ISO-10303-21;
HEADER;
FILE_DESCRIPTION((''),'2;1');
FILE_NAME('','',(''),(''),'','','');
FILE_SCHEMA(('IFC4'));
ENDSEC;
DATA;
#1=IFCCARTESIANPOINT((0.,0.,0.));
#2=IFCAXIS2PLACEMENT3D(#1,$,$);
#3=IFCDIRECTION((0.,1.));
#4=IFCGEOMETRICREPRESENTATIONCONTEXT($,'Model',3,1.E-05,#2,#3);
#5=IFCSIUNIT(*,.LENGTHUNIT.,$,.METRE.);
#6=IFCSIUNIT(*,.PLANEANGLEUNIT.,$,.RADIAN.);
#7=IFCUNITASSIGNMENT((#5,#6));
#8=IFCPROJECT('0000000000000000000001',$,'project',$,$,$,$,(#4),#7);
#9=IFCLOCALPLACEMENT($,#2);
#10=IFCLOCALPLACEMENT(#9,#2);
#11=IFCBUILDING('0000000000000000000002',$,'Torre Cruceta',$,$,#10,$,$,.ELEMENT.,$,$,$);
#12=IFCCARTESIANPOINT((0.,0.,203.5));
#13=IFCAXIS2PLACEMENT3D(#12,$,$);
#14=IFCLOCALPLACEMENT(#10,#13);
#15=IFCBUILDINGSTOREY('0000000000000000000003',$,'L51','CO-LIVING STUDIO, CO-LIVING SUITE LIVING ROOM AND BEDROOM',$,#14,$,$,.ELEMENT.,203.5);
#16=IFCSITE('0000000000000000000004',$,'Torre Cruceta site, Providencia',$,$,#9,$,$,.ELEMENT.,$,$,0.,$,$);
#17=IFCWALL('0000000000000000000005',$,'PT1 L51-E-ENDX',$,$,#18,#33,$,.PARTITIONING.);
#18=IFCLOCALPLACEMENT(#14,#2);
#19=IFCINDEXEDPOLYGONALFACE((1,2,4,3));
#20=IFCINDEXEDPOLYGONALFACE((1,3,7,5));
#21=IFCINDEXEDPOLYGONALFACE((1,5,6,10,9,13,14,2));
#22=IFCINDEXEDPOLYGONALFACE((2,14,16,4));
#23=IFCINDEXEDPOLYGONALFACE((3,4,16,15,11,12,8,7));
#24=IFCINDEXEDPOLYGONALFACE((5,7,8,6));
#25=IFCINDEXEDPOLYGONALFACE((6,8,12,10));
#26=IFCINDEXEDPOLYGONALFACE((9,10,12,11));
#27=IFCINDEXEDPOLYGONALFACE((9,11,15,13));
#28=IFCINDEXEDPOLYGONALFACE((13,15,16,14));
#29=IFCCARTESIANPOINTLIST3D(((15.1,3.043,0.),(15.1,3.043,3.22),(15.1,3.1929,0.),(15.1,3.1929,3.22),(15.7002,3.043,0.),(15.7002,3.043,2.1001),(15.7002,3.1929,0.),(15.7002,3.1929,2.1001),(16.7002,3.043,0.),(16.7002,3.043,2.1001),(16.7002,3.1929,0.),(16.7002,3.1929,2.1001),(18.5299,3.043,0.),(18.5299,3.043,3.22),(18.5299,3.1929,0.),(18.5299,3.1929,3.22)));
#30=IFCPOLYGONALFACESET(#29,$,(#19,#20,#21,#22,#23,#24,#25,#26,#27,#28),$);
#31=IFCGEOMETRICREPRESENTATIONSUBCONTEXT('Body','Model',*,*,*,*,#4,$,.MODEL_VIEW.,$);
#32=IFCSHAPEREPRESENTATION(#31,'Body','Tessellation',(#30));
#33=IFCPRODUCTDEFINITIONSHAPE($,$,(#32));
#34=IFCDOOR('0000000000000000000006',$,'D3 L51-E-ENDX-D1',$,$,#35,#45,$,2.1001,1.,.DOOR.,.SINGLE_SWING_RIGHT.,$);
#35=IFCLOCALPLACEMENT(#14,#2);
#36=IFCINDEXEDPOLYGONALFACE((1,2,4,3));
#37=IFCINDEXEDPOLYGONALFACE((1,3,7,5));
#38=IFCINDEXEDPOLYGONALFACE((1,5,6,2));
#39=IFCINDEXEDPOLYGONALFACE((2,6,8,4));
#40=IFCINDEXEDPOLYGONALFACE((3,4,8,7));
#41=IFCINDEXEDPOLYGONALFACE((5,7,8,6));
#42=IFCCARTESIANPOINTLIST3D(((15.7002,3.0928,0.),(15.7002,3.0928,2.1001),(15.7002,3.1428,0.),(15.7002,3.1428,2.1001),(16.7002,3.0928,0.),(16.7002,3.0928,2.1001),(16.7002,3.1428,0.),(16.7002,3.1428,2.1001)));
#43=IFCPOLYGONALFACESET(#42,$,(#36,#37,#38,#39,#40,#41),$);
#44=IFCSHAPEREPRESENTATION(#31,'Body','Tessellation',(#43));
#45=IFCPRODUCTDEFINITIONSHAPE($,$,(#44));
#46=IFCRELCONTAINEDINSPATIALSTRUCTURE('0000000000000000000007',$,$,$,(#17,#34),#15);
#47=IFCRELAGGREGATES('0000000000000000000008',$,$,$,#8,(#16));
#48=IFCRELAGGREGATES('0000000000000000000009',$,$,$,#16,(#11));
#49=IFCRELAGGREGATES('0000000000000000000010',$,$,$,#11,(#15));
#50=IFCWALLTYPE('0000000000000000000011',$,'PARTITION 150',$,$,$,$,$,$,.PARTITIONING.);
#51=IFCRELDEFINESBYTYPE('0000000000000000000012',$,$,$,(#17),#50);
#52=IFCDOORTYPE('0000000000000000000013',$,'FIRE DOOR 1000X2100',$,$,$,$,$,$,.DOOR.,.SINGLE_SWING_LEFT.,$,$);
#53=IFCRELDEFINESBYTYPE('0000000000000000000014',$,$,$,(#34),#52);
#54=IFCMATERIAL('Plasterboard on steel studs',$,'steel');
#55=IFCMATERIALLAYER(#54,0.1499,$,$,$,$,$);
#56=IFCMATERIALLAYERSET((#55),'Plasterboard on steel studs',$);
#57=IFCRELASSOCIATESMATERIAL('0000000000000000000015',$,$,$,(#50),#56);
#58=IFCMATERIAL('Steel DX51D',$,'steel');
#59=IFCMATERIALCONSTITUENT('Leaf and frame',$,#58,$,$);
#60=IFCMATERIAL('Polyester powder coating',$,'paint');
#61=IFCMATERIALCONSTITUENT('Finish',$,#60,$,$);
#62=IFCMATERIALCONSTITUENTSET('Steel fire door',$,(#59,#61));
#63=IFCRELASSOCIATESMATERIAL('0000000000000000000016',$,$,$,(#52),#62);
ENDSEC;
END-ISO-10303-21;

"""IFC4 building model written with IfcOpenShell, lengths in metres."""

from ifc_helpers import new_model, si_unit, direction, frame, frame_2d, origin, place, context, subcontext, project, spatial, rectangle, extrude, material, layer, layer_set, constituent, constituent_set, type_object, element, fill, save


model = new_model("IFC4")

# Units and contexts
model_context = context("Model", 3, precision=1e-05, world=origin(), true_north=direction((0.0, 1.0)))
body_context = subcontext(model_context, "Body", "Model", "MODEL_VIEW")
ifc_project = project(units=[si_unit("LENGTHUNIT", "METRE"), si_unit("PLANEANGLEUNIT", "RADIAN")], contexts=[model_context])

# Site, building, storey
site_placement = place(None, origin())
site = spatial("IfcSite", under=ifc_project, at=site_placement, Name="Torre Cruceta site, Providencia", CompositionType="ELEMENT", RefElevation=0.0)
building_placement = place(site_placement, origin())
building = spatial("IfcBuilding", under=site, at=building_placement, Name="Torre Cruceta", CompositionType="ELEMENT")
storey_placement = place(building_placement, frame((0.0, 0.0, 203.5)))
storey = spatial("IfcBuildingStorey", under=building, at=storey_placement, Name="L51", Description="CO-LIVING STUDIO, CO-LIVING SUITE LIVING ROOM AND BEDROOM", CompositionType="ELEMENT", Elevation=203.5)

# Wall, opening, door
ifc_material_1 = material(Name="Plasterboard on steel studs", Category="steel")
ifc_layer_1 = layer(ifc_material_1, 0.1499)
ifc_layer_set_1 = layer_set([ifc_layer_1], Name="Plasterboard on steel studs")
wall_type_1 = type_object("IfcWallType", Name="PARTITION 150", PredefinedType="PARTITIONING", material=ifc_layer_set_1)
wall_1_placement = place(storey_placement, frame((15.1001, 3.1179, 0.0), z_axis=(0.0, 0.0, 1.0), x_axis=(1.0, 0.0, 0.0)))
wall_1 = element("IfcWall", 1, at=wall_1_placement, inside=storey, type_object=wall_type_1, Name="PT1 L51-E-ENDX", PredefinedType="PARTITIONING", context=body_context, shape_type="SweptSolid", body=[
    extrude(rectangle(XDim=3.4299, YDim=0.1499, at=frame_2d((1.7148, 0.0))), origin(), (0.0, 0.0, 1.0), 3.22),
])
opening_1_placement = place(wall_1_placement, frame((0.6001, 0.0, 0.0)))
opening_1 = element("IfcOpeningElement", 2, at=opening_1_placement, cuts=wall_1, PredefinedType="OPENING", context=body_context, shape_type="SweptSolid", body=[
    extrude(rectangle(XDim=1.0, YDim=2.1001, at=frame_2d((0.5, 1.05))), frame((0.0, 0.085, 0.0), z_axis=(0.0, -1.0, 0.0), x_axis=(1.0, 0.0, 0.0)), (0.0, 0.0, 1.0), 0.1699),
])
ifc_material_2 = material(Name="Steel DX51D", Category="steel")
ifc_constituent_1 = constituent(ifc_material_2, Name="Leaf and frame")
ifc_material_3 = material(Name="Polyester powder coating", Category="paint")
ifc_constituent_2 = constituent(ifc_material_3, Name="Finish")
ifc_constituent_set_1 = constituent_set(constituents=[ifc_constituent_1, ifc_constituent_2], Name="Steel fire door")
door_type = type_object("IfcDoorType", Name="FIRE DOOR 1000X2100", OperationType="SINGLE_SWING_LEFT", PredefinedType="DOOR", material=ifc_constituent_set_1)
door_placement = place(opening_1_placement, frame((1.0, 0.0, 0.0), z_axis=(0.0, 0.0, 1.0), x_axis=(-1.0, 0.0, 0.0)))
door = element("IfcDoor", 3, at=door_placement, inside=storey, type_object=door_type, Name="D3 L51-E-ENDX-D1", OperationType="SINGLE_SWING_RIGHT", OverallHeight=2.1001, OverallWidth=1.0, PredefinedType="DOOR", context=body_context, shape_type="SweptSolid", body=[
    extrude(rectangle(XDim=1.0, YDim=2.1001, at=frame_2d((0.5, 1.05))), frame((0.0, 0.0251, 0.0), z_axis=(0.0, -1.0, 0.0), x_axis=(1.0, 0.0, 0.0)), (0.0, 0.0, 1.0), 0.05),
])
fill(opening_1, door)

save(model, "model.ifc")
